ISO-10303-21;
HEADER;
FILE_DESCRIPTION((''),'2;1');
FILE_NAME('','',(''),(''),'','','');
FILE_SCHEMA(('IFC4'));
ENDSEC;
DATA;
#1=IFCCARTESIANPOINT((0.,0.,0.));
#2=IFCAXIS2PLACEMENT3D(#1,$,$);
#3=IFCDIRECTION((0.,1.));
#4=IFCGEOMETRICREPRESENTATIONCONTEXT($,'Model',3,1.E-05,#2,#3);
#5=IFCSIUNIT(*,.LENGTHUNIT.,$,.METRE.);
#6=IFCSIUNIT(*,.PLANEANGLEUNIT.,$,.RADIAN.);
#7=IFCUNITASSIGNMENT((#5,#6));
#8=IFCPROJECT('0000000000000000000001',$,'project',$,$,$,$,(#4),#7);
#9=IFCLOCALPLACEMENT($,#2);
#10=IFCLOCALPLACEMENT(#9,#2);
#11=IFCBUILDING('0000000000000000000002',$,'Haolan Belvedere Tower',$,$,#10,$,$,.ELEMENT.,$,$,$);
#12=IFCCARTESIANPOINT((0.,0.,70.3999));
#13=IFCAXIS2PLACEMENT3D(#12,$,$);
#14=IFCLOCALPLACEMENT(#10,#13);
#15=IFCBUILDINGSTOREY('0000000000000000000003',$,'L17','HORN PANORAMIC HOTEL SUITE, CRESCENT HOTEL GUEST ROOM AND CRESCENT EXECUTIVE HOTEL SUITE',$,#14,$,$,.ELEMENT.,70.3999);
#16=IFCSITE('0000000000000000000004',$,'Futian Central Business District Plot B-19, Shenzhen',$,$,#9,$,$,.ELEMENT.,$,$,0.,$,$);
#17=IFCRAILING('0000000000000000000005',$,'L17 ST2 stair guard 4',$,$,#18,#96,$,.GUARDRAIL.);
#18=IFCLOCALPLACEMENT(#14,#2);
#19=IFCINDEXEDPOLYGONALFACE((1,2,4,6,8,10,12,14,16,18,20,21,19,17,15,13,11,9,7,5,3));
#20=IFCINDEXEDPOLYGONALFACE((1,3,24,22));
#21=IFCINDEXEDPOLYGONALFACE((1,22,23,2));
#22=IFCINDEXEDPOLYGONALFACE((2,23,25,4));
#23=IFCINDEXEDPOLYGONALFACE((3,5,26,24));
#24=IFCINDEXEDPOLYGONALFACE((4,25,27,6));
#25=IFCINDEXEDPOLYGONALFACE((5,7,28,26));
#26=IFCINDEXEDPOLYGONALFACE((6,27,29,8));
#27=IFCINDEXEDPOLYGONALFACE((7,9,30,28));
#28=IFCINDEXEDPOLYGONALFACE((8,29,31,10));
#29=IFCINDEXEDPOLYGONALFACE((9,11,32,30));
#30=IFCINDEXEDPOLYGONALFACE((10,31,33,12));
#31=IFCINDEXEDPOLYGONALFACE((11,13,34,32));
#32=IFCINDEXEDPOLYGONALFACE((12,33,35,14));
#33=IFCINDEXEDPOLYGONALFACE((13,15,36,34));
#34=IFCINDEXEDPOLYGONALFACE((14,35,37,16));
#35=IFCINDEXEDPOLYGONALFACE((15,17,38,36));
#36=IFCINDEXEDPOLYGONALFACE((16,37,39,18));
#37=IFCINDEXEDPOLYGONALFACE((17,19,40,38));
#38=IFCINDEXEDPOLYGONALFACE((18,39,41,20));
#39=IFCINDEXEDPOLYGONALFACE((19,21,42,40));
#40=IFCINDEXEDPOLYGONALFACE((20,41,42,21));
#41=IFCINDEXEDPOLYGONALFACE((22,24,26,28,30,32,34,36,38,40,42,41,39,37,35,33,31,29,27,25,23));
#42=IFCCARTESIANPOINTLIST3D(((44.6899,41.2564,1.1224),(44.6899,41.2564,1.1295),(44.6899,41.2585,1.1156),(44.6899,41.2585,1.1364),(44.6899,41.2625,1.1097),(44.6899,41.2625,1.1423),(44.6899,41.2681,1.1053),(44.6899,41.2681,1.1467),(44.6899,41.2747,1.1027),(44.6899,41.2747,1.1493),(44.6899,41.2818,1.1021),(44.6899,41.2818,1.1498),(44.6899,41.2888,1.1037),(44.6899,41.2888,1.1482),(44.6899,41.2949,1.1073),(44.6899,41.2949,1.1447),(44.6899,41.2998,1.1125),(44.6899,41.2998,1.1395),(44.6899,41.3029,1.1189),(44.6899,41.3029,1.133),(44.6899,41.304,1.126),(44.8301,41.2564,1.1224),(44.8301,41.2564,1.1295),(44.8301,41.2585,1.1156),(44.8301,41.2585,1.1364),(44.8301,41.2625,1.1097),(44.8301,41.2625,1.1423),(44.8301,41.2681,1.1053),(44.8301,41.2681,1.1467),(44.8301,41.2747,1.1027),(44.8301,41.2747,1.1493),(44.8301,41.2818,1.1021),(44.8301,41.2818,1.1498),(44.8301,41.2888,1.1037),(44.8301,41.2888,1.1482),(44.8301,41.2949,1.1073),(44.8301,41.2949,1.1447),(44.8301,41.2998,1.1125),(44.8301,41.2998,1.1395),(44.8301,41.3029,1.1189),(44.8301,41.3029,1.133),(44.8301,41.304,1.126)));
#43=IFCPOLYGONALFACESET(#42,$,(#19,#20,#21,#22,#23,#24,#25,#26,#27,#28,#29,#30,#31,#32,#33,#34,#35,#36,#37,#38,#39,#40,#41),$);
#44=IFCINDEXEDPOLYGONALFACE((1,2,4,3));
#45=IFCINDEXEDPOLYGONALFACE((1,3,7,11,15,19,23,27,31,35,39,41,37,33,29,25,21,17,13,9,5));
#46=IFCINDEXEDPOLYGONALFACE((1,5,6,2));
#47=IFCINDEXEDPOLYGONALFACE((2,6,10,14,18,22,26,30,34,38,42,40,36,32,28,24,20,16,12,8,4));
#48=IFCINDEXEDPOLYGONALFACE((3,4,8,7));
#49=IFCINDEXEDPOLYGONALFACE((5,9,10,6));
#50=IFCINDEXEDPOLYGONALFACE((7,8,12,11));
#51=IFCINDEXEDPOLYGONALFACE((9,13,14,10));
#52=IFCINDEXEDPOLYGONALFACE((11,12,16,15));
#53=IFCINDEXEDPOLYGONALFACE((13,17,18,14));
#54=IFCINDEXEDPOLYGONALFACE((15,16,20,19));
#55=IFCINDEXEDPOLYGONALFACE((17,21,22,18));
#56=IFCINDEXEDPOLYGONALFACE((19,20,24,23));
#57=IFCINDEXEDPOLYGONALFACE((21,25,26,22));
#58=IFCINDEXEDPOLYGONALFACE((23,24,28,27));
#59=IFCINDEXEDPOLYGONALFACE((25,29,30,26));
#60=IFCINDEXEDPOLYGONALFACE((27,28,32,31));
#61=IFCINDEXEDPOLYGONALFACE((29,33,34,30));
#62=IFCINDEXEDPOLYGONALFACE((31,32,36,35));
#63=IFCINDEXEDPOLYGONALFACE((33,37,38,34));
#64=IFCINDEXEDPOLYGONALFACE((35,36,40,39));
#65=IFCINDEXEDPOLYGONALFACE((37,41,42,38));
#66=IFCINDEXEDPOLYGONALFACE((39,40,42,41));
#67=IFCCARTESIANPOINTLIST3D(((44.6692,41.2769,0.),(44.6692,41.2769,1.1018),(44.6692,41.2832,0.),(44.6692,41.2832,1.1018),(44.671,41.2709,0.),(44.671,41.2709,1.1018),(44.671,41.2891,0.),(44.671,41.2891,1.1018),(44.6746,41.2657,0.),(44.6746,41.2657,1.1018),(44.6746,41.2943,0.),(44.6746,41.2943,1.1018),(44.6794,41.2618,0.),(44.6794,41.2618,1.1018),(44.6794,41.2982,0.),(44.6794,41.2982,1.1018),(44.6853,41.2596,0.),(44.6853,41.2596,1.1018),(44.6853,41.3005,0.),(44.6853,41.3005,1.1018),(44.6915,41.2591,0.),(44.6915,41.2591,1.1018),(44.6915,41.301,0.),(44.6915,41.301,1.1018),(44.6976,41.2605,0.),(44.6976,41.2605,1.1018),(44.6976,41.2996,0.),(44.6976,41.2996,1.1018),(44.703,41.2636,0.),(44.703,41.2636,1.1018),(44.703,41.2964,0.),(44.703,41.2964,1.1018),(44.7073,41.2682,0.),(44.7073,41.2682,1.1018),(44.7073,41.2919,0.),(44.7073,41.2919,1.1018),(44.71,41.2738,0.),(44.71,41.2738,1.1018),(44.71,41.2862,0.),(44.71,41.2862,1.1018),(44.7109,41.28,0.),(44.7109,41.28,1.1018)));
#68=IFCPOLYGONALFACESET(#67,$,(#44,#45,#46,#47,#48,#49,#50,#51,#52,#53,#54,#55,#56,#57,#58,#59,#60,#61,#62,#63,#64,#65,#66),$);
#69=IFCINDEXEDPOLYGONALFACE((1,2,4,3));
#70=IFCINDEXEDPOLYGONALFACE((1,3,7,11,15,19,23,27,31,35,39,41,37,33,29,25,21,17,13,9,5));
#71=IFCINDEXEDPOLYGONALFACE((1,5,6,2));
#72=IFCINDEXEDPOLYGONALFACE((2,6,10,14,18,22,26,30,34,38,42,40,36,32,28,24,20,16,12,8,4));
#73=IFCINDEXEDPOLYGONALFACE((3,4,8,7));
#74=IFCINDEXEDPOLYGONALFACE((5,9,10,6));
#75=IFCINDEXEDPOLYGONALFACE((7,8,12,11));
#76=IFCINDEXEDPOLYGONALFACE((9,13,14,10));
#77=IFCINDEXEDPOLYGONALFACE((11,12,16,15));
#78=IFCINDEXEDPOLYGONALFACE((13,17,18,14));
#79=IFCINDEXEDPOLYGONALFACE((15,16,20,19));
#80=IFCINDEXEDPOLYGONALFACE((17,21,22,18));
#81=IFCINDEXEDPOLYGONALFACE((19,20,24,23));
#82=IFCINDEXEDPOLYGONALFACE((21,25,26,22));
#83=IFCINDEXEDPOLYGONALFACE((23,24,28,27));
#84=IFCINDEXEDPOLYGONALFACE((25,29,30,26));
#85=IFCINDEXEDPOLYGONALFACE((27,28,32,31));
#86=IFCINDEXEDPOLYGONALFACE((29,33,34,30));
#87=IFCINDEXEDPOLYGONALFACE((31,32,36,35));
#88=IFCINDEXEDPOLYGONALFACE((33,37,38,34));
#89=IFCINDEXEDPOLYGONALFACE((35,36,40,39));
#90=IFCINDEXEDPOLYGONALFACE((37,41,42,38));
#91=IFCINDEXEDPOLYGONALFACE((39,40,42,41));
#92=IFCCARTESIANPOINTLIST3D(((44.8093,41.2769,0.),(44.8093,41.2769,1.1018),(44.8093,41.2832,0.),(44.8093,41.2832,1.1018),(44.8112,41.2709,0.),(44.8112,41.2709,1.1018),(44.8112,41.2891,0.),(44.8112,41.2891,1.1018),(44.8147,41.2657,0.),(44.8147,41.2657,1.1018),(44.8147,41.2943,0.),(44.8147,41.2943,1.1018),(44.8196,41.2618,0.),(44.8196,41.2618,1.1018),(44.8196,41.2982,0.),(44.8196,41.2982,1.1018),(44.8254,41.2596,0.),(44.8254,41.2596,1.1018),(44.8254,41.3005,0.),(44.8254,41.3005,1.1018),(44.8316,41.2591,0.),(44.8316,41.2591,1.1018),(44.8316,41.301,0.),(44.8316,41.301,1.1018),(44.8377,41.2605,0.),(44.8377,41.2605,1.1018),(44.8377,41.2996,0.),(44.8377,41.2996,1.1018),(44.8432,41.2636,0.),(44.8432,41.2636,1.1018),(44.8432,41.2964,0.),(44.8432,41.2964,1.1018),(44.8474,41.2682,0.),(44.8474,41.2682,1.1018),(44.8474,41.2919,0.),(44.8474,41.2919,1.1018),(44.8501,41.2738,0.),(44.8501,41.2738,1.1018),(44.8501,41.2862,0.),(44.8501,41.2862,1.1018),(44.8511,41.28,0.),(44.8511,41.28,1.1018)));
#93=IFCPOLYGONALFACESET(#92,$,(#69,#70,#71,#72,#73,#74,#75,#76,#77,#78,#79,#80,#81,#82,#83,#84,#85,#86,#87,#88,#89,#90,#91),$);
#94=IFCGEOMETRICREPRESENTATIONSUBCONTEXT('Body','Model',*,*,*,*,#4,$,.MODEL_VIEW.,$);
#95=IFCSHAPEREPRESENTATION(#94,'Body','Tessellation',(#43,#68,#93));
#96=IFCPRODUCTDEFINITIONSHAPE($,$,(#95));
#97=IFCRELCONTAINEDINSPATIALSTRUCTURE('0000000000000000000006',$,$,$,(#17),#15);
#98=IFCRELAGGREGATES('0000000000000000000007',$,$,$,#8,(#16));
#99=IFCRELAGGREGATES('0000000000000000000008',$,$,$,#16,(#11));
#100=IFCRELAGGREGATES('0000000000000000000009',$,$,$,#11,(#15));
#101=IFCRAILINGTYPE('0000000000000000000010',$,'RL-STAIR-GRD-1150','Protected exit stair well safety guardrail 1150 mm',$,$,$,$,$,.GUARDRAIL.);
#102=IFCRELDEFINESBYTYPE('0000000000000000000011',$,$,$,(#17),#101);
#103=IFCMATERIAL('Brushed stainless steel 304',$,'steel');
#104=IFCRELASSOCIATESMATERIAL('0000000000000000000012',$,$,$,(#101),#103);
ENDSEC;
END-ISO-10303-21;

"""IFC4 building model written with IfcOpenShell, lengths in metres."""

from ifc_helpers import new_model, si_unit, direction, frame, origin, origin_2d, place, context, subcontext, project, spatial, circle, extrude, material, type_object, element, save


model = new_model("IFC4")

# Units and contexts
model_context = context("Model", 3, precision=1e-05, world=origin(), true_north=direction((0.0, 1.0)))
body_context = subcontext(model_context, "Body", "Model", "MODEL_VIEW")
ifc_project = project(units=[si_unit("LENGTHUNIT", "METRE"), si_unit("PLANEANGLEUNIT", "RADIAN")], contexts=[model_context])

# Site, building, storey
site_placement = place(None, origin())
site = spatial("IfcSite", under=ifc_project, at=site_placement, Name="Futian Central Business District Plot B-19, Shenzhen", CompositionType="ELEMENT", RefElevation=0.0)
building_placement = place(site_placement, origin())
building = spatial("IfcBuilding", under=site, at=building_placement, Name="Haolan Belvedere Tower", CompositionType="ELEMENT")
storey_placement = place(building_placement, frame((0.0, 0.0, 70.3999)))
storey = spatial("IfcBuildingStorey", under=building, at=storey_placement, Name="L17", Description="HORN PANORAMIC HOTEL SUITE, CRESCENT HOTEL GUEST ROOM AND CRESCENT EXECUTIVE HOTEL SUITE", CompositionType="ELEMENT", Elevation=70.3999)

# Railing
ifc_material_1 = material(Name="Brushed stainless steel 304", Category="steel")
railing_type_1 = type_object("IfcRailingType", Name="RL-STAIR-GRD-1150", Description="Protected exit stair well safety guardrail 1150 mm", PredefinedType="GUARDRAIL", material=ifc_material_1)
railing_1_placement = place(storey_placement, frame((44.6899, 41.28, 0.0)))
element("IfcRailing", 1, at=railing_1_placement, inside=storey, type_object=railing_type_1, Name="L17 ST2 stair guard 4", PredefinedType="GUARDRAIL", context=body_context, shape_type="SweptSolid", body=[
    extrude(circle(Radius=0.0239, at=origin_2d()), frame((0.0, 0.0, 1.126), z_axis=(1.0, 0.0, 0.0), x_axis=(0.0, 1.0, 0.0)), (0.0, 0.0, 1.0), 0.1401),
    extrude(circle(Radius=0.021, at=origin_2d()), origin(), (0.0, 0.0, 1.0), 1.1018),
    extrude(circle(Radius=0.021, at=origin_2d()), frame((0.1401, 0.0, 0.0)), (0.0, 0.0, 1.0), 1.1018),
])

save(model, "model.ifc")
